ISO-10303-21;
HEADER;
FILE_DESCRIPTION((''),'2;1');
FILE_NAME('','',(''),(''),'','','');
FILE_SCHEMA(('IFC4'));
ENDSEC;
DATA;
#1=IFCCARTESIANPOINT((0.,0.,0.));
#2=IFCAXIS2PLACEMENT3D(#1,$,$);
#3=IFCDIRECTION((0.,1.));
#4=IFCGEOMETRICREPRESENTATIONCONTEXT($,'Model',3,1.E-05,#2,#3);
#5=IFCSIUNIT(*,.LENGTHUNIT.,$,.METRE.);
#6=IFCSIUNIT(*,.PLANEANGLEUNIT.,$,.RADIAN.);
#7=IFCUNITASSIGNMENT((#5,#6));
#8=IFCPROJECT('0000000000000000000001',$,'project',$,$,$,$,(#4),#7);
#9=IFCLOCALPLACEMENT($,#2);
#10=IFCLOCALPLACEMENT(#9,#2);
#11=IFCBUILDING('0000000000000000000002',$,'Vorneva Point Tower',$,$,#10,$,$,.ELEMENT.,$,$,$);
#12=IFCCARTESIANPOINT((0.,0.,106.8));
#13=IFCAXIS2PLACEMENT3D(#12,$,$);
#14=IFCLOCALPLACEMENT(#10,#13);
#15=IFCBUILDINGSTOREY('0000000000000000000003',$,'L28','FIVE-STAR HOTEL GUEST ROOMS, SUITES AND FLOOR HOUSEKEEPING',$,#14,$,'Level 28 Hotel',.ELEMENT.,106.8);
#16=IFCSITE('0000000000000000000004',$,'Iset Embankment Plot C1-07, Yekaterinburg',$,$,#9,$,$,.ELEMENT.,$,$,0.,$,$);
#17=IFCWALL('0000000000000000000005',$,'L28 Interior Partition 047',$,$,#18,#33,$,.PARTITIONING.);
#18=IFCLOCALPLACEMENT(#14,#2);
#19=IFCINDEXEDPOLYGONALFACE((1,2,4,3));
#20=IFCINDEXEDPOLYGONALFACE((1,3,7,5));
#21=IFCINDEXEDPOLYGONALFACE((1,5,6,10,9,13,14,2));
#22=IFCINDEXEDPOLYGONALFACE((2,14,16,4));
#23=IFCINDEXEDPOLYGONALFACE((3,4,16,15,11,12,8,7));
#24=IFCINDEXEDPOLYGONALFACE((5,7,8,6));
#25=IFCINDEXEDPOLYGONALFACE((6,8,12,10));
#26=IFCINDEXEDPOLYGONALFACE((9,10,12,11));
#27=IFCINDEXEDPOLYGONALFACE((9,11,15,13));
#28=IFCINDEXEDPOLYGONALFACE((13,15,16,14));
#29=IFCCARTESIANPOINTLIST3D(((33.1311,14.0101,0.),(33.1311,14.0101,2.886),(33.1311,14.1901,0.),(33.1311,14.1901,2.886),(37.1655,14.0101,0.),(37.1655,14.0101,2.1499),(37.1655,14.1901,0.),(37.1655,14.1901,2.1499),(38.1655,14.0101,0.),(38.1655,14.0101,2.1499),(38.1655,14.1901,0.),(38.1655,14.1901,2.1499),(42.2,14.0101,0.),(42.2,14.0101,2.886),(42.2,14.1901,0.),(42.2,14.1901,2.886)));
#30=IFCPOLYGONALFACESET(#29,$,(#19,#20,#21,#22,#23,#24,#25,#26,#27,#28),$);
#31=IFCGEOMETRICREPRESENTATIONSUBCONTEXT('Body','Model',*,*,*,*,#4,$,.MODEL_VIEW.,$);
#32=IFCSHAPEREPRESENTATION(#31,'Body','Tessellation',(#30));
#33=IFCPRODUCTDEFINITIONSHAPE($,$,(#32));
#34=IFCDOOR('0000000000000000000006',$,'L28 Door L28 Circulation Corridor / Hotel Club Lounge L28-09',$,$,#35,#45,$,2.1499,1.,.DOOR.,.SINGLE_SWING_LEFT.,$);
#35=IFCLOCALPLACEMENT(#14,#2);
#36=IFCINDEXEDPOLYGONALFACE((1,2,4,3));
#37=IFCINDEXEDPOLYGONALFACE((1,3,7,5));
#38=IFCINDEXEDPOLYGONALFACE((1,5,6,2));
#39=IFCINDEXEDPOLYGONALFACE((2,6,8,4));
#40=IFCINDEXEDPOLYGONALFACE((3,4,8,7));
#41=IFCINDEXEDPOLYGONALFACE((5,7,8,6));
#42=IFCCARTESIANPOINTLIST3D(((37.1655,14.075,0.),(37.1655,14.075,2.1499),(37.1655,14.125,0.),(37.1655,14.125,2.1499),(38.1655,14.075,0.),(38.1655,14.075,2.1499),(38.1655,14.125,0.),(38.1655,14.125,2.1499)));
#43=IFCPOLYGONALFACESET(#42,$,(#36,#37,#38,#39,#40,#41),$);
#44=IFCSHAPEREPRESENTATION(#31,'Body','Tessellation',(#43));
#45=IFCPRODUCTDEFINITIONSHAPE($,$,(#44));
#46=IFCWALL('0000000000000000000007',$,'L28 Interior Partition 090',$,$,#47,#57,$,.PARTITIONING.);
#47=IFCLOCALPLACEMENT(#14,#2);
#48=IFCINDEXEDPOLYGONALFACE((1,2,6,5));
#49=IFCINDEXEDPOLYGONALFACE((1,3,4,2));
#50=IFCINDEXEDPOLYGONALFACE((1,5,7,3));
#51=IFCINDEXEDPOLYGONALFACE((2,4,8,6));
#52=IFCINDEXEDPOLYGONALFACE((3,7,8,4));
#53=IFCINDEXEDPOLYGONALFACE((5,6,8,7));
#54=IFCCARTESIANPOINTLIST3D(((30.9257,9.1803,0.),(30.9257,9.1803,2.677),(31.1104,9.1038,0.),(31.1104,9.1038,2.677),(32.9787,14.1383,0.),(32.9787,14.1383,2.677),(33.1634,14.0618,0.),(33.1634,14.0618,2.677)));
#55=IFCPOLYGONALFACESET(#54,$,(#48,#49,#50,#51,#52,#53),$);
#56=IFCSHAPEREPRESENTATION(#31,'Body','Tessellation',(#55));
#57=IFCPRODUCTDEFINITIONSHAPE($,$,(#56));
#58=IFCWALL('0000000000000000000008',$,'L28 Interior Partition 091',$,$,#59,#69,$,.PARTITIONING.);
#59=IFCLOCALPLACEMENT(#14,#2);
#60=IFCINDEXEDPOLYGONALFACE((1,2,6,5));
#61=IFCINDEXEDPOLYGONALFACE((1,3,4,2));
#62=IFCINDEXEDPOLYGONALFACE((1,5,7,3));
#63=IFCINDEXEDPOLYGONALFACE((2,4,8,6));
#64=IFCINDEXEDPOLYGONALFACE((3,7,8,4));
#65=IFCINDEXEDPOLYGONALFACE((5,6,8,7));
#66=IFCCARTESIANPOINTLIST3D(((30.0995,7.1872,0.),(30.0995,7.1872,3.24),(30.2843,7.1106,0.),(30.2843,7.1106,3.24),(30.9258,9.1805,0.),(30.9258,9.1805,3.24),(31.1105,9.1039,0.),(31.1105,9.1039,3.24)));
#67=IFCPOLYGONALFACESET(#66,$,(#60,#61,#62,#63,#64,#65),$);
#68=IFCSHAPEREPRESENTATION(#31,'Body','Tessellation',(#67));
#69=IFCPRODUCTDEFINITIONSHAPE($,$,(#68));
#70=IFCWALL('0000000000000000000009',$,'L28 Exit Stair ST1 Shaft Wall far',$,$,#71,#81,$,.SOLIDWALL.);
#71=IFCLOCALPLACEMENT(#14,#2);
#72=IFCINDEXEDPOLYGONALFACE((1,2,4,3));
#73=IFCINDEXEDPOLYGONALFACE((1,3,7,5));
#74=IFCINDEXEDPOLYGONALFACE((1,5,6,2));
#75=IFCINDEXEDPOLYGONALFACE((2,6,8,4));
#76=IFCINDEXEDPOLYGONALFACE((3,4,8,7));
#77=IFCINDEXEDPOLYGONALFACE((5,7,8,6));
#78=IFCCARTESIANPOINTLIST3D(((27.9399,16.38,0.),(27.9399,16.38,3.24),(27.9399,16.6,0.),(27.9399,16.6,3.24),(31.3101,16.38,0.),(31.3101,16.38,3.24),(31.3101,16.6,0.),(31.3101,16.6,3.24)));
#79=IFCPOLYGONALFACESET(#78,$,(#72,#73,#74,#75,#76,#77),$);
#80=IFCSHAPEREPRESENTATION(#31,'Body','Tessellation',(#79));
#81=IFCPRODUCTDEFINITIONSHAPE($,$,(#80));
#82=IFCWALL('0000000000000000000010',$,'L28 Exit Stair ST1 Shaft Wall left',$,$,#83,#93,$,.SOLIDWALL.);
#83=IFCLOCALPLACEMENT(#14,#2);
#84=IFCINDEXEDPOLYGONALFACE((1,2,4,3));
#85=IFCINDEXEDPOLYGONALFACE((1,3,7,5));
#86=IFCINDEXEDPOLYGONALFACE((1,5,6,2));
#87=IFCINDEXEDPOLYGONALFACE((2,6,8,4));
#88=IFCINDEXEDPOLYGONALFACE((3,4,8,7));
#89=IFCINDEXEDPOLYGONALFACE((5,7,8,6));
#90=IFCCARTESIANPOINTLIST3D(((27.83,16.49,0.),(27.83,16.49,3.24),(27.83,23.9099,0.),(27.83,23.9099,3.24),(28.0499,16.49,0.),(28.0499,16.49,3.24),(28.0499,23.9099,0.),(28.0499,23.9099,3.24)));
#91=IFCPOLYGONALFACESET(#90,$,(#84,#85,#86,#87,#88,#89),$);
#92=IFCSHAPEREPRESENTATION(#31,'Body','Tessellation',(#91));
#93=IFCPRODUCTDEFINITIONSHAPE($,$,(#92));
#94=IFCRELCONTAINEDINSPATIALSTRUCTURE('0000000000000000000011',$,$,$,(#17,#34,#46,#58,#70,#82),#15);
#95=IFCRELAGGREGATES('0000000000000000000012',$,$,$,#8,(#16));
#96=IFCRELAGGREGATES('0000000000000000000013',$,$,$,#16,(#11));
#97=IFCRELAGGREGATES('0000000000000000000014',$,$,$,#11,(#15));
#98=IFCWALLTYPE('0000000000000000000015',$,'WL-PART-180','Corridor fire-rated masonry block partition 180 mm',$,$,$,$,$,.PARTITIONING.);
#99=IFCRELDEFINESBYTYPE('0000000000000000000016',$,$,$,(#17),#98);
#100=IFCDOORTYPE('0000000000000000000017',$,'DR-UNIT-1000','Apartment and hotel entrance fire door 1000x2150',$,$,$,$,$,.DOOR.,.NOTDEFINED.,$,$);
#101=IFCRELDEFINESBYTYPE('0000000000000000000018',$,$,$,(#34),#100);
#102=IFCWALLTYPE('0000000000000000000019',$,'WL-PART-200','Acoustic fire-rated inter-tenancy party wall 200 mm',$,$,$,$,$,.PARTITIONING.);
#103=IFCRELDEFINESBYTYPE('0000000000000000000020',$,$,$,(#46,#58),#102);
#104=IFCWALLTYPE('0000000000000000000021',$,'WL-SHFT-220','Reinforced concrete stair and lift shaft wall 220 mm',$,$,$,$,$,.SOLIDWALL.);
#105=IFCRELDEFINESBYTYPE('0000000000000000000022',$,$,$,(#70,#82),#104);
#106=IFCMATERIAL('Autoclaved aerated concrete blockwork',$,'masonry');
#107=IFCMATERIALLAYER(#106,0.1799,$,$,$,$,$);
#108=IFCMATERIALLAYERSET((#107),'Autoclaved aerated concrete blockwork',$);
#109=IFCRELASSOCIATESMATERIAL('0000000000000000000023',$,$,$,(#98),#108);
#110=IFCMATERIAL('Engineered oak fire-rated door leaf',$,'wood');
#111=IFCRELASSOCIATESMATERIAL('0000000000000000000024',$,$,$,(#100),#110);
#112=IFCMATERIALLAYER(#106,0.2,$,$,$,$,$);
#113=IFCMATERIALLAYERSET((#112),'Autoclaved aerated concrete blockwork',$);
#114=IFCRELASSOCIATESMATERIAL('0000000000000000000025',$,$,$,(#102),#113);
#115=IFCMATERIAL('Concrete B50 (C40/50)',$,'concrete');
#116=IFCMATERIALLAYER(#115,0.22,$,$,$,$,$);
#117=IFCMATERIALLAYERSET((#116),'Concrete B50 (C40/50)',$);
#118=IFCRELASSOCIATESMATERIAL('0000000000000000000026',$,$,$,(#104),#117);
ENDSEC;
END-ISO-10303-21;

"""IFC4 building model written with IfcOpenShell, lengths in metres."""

from ifc_helpers import new_model, si_unit, direction, frame, frame_2d, origin, place, context, subcontext, project, spatial, rectangle, extrude, material, layer, layer_set, type_object, element, fill, save


model = new_model("IFC4")

# Units and contexts
model_context = context("Model", 3, precision=1e-05, world=origin(), true_north=direction((0.0, 1.0)))
body_context = subcontext(model_context, "Body", "Model", "MODEL_VIEW")
ifc_project = project(units=[si_unit("LENGTHUNIT", "METRE"), si_unit("PLANEANGLEUNIT", "RADIAN")], contexts=[model_context])

# Site, building, storey
site_placement = place(None, origin())
site = spatial("IfcSite", under=ifc_project, at=site_placement, Name="Iset Embankment Plot C1-07, Yekaterinburg", CompositionType="ELEMENT", RefElevation=0.0)
building_placement = place(site_placement, origin())
building = spatial("IfcBuilding", under=site, at=building_placement, Name="Vorneva Point Tower", CompositionType="ELEMENT")
storey_placement = place(building_placement, frame((0.0, 0.0, 106.8)))
storey = spatial("IfcBuildingStorey", under=building, at=storey_placement, Name="L28", Description="FIVE-STAR HOTEL GUEST ROOMS, SUITES AND FLOOR HOUSEKEEPING", LongName="Level 28 Hotel", CompositionType="ELEMENT", Elevation=106.8)

# Shared definitions
ifc_material_1 = material(Name="Autoclaved aerated concrete blockwork", Category="masonry")
ifc_layer_1 = layer(ifc_material_1, 0.1799)
ifc_layer_set_1 = layer_set([ifc_layer_1], Name="Autoclaved aerated concrete blockwork")
wall_type_1 = type_object("IfcWallType", Name="WL-PART-180", Description="Corridor fire-rated masonry block partition 180 mm", PredefinedType="PARTITIONING", material=ifc_layer_set_1)

# Wall, opening, door
ifc_material_2 = material(Name="Engineered oak fire-rated door leaf", Category="wood")
wall_1_placement = place(storey_placement, frame((33.1311, 14.1001, 0.0), z_axis=(0.0, 0.0, 1.0), x_axis=(1.0, 0.0, 0.0)))
wall_1 = element("IfcWall", 1, at=wall_1_placement, inside=storey, type_object=wall_type_1, Name="L28 Interior Partition 047", PredefinedType="PARTITIONING", context=body_context, shape_type="SweptSolid", body=[
    extrude(rectangle(XDim=9.0688, YDim=0.1799, at=frame_2d((4.5344, 0.0))), origin(), (0.0, 0.0, 1.0), 2.886),
])
opening_1_placement = place(wall_1_placement, frame((4.0344, 0.0, 0.0)))
opening_1 = element("IfcOpeningElement", 2, at=opening_1_placement, cuts=wall_1, PredefinedType="OPENING", context=body_context, shape_type="SweptSolid", body=[
    extrude(rectangle(XDim=1.0, YDim=2.1499, at=frame_2d((0.5, 1.075))), frame((0.0, 0.105, 0.0), z_axis=(0.0, -1.0, 0.0), x_axis=(1.0, 0.0, 0.0)), (0.0, 0.0, 1.0), 0.2097),
])
door_type_1 = type_object("IfcDoorType", Name="DR-UNIT-1000", Description="Apartment and hotel entrance fire door 1000x2150", OperationType="NOTDEFINED", PredefinedType="DOOR", material=ifc_material_2)
door_1_placement = place(opening_1_placement, origin())
door_1 = element("IfcDoor", 3, at=door_1_placement, inside=storey, type_object=door_type_1, Name="L28 Door L28 Circulation Corridor / Hotel Club Lounge L28-09", OperationType="SINGLE_SWING_LEFT", OverallHeight=2.1499, OverallWidth=1.0, PredefinedType="DOOR", context=body_context, shape_type="SweptSolid", body=[
    extrude(rectangle(XDim=1.0, YDim=2.1499, at=frame_2d((0.5, 1.075))), frame((0.0, 0.0249, 0.0), z_axis=(0.0, -1.0, 0.0), x_axis=(1.0, 0.0, 0.0)), (0.0, 0.0, 1.0), 0.05),
])
fill(opening_1, door_1)

# Walls
ifc_layer_2 = layer(ifc_material_1, 0.2)
ifc_layer_set_2 = layer_set([ifc_layer_2], Name="Autoclaved aerated concrete blockwork")
wall_type_2 = type_object("IfcWallType", Name="WL-PART-200", Description="Acoustic fire-rated inter-tenancy party wall 200 mm", PredefinedType="PARTITIONING", material=ifc_layer_set_2)
wall_2_placement = place(storey_placement, frame((31.0181, 9.1421, 0.0), z_axis=(0.0, 0.0, 1.0), x_axis=(0.382573, 0.923925, 0.0)))
element("IfcWall", 4, at=wall_2_placement, inside=storey, type_object=wall_type_2, Name="L28 Interior Partition 090", PredefinedType="PARTITIONING", context=body_context, shape_type="SweptSolid", body=[
    extrude(rectangle(XDim=5.3662, YDim=0.2, at=frame_2d((2.6831, 0.0))), origin(), (0.0, 0.0, 1.0), 2.677),
])
wall_3_placement = place(storey_placement, frame((30.1919, 7.1489, 0.0), z_axis=(0.0, 0.0, 1.0), x_axis=(0.382911, 0.923785, 0.0)))
element("IfcWall", 5, at=wall_3_placement, inside=storey, type_object=wall_type_2, Name="L28 Interior Partition 091", PredefinedType="PARTITIONING", context=body_context, shape_type="SweptSolid", body=[
    extrude(rectangle(XDim=2.1577, YDim=0.2, at=frame_2d((1.0789, 0.0))), origin(), (0.0, 0.0, 1.0), 3.24),
])
ifc_material_3 = material(Name="Concrete B50 (C40/50)", Category="concrete")
ifc_layer_3 = layer(ifc_material_3, 0.22)
ifc_layer_set_3 = layer_set([ifc_layer_3], Name="Concrete B50 (C40/50)")
wall_type_3 = type_object("IfcWallType", Name="WL-SHFT-220", Description="Reinforced concrete stair and lift shaft wall 220 mm", PredefinedType="SOLIDWALL", material=ifc_layer_set_3)
wall_4_placement = place(storey_placement, frame((31.3101, 16.49, 0.0), z_axis=(0.0, 0.0, 1.0), x_axis=(-1.0, 0.0, 0.0)))
element("IfcWall", 6, at=wall_4_placement, inside=storey, type_object=wall_type_3, Name="L28 Exit Stair ST1 Shaft Wall far", PredefinedType="SOLIDWALL", context=body_context, shape_type="SweptSolid", body=[
    extrude(rectangle(XDim=3.3701, YDim=0.22, at=frame_2d((1.6851, 0.0))), origin(), (0.0, 0.0, 1.0), 3.24),
])
wall_5_placement = place(storey_placement, frame((27.9399, 16.49, 0.0), z_axis=(0.0, 0.0, 1.0), x_axis=(0.0, 1.0, 0.0)))
element("IfcWall", 7, at=wall_5_placement, inside=storey, type_object=wall_type_3, Name="L28 Exit Stair ST1 Shaft Wall left", PredefinedType="SOLIDWALL", context=body_context, shape_type="SweptSolid", body=[
    extrude(rectangle(XDim=7.4199, YDim=0.22, at=frame_2d((3.71, 0.0))), origin(), (0.0, 0.0, 1.0), 3.24),
])

save(model, "model.ifc")
